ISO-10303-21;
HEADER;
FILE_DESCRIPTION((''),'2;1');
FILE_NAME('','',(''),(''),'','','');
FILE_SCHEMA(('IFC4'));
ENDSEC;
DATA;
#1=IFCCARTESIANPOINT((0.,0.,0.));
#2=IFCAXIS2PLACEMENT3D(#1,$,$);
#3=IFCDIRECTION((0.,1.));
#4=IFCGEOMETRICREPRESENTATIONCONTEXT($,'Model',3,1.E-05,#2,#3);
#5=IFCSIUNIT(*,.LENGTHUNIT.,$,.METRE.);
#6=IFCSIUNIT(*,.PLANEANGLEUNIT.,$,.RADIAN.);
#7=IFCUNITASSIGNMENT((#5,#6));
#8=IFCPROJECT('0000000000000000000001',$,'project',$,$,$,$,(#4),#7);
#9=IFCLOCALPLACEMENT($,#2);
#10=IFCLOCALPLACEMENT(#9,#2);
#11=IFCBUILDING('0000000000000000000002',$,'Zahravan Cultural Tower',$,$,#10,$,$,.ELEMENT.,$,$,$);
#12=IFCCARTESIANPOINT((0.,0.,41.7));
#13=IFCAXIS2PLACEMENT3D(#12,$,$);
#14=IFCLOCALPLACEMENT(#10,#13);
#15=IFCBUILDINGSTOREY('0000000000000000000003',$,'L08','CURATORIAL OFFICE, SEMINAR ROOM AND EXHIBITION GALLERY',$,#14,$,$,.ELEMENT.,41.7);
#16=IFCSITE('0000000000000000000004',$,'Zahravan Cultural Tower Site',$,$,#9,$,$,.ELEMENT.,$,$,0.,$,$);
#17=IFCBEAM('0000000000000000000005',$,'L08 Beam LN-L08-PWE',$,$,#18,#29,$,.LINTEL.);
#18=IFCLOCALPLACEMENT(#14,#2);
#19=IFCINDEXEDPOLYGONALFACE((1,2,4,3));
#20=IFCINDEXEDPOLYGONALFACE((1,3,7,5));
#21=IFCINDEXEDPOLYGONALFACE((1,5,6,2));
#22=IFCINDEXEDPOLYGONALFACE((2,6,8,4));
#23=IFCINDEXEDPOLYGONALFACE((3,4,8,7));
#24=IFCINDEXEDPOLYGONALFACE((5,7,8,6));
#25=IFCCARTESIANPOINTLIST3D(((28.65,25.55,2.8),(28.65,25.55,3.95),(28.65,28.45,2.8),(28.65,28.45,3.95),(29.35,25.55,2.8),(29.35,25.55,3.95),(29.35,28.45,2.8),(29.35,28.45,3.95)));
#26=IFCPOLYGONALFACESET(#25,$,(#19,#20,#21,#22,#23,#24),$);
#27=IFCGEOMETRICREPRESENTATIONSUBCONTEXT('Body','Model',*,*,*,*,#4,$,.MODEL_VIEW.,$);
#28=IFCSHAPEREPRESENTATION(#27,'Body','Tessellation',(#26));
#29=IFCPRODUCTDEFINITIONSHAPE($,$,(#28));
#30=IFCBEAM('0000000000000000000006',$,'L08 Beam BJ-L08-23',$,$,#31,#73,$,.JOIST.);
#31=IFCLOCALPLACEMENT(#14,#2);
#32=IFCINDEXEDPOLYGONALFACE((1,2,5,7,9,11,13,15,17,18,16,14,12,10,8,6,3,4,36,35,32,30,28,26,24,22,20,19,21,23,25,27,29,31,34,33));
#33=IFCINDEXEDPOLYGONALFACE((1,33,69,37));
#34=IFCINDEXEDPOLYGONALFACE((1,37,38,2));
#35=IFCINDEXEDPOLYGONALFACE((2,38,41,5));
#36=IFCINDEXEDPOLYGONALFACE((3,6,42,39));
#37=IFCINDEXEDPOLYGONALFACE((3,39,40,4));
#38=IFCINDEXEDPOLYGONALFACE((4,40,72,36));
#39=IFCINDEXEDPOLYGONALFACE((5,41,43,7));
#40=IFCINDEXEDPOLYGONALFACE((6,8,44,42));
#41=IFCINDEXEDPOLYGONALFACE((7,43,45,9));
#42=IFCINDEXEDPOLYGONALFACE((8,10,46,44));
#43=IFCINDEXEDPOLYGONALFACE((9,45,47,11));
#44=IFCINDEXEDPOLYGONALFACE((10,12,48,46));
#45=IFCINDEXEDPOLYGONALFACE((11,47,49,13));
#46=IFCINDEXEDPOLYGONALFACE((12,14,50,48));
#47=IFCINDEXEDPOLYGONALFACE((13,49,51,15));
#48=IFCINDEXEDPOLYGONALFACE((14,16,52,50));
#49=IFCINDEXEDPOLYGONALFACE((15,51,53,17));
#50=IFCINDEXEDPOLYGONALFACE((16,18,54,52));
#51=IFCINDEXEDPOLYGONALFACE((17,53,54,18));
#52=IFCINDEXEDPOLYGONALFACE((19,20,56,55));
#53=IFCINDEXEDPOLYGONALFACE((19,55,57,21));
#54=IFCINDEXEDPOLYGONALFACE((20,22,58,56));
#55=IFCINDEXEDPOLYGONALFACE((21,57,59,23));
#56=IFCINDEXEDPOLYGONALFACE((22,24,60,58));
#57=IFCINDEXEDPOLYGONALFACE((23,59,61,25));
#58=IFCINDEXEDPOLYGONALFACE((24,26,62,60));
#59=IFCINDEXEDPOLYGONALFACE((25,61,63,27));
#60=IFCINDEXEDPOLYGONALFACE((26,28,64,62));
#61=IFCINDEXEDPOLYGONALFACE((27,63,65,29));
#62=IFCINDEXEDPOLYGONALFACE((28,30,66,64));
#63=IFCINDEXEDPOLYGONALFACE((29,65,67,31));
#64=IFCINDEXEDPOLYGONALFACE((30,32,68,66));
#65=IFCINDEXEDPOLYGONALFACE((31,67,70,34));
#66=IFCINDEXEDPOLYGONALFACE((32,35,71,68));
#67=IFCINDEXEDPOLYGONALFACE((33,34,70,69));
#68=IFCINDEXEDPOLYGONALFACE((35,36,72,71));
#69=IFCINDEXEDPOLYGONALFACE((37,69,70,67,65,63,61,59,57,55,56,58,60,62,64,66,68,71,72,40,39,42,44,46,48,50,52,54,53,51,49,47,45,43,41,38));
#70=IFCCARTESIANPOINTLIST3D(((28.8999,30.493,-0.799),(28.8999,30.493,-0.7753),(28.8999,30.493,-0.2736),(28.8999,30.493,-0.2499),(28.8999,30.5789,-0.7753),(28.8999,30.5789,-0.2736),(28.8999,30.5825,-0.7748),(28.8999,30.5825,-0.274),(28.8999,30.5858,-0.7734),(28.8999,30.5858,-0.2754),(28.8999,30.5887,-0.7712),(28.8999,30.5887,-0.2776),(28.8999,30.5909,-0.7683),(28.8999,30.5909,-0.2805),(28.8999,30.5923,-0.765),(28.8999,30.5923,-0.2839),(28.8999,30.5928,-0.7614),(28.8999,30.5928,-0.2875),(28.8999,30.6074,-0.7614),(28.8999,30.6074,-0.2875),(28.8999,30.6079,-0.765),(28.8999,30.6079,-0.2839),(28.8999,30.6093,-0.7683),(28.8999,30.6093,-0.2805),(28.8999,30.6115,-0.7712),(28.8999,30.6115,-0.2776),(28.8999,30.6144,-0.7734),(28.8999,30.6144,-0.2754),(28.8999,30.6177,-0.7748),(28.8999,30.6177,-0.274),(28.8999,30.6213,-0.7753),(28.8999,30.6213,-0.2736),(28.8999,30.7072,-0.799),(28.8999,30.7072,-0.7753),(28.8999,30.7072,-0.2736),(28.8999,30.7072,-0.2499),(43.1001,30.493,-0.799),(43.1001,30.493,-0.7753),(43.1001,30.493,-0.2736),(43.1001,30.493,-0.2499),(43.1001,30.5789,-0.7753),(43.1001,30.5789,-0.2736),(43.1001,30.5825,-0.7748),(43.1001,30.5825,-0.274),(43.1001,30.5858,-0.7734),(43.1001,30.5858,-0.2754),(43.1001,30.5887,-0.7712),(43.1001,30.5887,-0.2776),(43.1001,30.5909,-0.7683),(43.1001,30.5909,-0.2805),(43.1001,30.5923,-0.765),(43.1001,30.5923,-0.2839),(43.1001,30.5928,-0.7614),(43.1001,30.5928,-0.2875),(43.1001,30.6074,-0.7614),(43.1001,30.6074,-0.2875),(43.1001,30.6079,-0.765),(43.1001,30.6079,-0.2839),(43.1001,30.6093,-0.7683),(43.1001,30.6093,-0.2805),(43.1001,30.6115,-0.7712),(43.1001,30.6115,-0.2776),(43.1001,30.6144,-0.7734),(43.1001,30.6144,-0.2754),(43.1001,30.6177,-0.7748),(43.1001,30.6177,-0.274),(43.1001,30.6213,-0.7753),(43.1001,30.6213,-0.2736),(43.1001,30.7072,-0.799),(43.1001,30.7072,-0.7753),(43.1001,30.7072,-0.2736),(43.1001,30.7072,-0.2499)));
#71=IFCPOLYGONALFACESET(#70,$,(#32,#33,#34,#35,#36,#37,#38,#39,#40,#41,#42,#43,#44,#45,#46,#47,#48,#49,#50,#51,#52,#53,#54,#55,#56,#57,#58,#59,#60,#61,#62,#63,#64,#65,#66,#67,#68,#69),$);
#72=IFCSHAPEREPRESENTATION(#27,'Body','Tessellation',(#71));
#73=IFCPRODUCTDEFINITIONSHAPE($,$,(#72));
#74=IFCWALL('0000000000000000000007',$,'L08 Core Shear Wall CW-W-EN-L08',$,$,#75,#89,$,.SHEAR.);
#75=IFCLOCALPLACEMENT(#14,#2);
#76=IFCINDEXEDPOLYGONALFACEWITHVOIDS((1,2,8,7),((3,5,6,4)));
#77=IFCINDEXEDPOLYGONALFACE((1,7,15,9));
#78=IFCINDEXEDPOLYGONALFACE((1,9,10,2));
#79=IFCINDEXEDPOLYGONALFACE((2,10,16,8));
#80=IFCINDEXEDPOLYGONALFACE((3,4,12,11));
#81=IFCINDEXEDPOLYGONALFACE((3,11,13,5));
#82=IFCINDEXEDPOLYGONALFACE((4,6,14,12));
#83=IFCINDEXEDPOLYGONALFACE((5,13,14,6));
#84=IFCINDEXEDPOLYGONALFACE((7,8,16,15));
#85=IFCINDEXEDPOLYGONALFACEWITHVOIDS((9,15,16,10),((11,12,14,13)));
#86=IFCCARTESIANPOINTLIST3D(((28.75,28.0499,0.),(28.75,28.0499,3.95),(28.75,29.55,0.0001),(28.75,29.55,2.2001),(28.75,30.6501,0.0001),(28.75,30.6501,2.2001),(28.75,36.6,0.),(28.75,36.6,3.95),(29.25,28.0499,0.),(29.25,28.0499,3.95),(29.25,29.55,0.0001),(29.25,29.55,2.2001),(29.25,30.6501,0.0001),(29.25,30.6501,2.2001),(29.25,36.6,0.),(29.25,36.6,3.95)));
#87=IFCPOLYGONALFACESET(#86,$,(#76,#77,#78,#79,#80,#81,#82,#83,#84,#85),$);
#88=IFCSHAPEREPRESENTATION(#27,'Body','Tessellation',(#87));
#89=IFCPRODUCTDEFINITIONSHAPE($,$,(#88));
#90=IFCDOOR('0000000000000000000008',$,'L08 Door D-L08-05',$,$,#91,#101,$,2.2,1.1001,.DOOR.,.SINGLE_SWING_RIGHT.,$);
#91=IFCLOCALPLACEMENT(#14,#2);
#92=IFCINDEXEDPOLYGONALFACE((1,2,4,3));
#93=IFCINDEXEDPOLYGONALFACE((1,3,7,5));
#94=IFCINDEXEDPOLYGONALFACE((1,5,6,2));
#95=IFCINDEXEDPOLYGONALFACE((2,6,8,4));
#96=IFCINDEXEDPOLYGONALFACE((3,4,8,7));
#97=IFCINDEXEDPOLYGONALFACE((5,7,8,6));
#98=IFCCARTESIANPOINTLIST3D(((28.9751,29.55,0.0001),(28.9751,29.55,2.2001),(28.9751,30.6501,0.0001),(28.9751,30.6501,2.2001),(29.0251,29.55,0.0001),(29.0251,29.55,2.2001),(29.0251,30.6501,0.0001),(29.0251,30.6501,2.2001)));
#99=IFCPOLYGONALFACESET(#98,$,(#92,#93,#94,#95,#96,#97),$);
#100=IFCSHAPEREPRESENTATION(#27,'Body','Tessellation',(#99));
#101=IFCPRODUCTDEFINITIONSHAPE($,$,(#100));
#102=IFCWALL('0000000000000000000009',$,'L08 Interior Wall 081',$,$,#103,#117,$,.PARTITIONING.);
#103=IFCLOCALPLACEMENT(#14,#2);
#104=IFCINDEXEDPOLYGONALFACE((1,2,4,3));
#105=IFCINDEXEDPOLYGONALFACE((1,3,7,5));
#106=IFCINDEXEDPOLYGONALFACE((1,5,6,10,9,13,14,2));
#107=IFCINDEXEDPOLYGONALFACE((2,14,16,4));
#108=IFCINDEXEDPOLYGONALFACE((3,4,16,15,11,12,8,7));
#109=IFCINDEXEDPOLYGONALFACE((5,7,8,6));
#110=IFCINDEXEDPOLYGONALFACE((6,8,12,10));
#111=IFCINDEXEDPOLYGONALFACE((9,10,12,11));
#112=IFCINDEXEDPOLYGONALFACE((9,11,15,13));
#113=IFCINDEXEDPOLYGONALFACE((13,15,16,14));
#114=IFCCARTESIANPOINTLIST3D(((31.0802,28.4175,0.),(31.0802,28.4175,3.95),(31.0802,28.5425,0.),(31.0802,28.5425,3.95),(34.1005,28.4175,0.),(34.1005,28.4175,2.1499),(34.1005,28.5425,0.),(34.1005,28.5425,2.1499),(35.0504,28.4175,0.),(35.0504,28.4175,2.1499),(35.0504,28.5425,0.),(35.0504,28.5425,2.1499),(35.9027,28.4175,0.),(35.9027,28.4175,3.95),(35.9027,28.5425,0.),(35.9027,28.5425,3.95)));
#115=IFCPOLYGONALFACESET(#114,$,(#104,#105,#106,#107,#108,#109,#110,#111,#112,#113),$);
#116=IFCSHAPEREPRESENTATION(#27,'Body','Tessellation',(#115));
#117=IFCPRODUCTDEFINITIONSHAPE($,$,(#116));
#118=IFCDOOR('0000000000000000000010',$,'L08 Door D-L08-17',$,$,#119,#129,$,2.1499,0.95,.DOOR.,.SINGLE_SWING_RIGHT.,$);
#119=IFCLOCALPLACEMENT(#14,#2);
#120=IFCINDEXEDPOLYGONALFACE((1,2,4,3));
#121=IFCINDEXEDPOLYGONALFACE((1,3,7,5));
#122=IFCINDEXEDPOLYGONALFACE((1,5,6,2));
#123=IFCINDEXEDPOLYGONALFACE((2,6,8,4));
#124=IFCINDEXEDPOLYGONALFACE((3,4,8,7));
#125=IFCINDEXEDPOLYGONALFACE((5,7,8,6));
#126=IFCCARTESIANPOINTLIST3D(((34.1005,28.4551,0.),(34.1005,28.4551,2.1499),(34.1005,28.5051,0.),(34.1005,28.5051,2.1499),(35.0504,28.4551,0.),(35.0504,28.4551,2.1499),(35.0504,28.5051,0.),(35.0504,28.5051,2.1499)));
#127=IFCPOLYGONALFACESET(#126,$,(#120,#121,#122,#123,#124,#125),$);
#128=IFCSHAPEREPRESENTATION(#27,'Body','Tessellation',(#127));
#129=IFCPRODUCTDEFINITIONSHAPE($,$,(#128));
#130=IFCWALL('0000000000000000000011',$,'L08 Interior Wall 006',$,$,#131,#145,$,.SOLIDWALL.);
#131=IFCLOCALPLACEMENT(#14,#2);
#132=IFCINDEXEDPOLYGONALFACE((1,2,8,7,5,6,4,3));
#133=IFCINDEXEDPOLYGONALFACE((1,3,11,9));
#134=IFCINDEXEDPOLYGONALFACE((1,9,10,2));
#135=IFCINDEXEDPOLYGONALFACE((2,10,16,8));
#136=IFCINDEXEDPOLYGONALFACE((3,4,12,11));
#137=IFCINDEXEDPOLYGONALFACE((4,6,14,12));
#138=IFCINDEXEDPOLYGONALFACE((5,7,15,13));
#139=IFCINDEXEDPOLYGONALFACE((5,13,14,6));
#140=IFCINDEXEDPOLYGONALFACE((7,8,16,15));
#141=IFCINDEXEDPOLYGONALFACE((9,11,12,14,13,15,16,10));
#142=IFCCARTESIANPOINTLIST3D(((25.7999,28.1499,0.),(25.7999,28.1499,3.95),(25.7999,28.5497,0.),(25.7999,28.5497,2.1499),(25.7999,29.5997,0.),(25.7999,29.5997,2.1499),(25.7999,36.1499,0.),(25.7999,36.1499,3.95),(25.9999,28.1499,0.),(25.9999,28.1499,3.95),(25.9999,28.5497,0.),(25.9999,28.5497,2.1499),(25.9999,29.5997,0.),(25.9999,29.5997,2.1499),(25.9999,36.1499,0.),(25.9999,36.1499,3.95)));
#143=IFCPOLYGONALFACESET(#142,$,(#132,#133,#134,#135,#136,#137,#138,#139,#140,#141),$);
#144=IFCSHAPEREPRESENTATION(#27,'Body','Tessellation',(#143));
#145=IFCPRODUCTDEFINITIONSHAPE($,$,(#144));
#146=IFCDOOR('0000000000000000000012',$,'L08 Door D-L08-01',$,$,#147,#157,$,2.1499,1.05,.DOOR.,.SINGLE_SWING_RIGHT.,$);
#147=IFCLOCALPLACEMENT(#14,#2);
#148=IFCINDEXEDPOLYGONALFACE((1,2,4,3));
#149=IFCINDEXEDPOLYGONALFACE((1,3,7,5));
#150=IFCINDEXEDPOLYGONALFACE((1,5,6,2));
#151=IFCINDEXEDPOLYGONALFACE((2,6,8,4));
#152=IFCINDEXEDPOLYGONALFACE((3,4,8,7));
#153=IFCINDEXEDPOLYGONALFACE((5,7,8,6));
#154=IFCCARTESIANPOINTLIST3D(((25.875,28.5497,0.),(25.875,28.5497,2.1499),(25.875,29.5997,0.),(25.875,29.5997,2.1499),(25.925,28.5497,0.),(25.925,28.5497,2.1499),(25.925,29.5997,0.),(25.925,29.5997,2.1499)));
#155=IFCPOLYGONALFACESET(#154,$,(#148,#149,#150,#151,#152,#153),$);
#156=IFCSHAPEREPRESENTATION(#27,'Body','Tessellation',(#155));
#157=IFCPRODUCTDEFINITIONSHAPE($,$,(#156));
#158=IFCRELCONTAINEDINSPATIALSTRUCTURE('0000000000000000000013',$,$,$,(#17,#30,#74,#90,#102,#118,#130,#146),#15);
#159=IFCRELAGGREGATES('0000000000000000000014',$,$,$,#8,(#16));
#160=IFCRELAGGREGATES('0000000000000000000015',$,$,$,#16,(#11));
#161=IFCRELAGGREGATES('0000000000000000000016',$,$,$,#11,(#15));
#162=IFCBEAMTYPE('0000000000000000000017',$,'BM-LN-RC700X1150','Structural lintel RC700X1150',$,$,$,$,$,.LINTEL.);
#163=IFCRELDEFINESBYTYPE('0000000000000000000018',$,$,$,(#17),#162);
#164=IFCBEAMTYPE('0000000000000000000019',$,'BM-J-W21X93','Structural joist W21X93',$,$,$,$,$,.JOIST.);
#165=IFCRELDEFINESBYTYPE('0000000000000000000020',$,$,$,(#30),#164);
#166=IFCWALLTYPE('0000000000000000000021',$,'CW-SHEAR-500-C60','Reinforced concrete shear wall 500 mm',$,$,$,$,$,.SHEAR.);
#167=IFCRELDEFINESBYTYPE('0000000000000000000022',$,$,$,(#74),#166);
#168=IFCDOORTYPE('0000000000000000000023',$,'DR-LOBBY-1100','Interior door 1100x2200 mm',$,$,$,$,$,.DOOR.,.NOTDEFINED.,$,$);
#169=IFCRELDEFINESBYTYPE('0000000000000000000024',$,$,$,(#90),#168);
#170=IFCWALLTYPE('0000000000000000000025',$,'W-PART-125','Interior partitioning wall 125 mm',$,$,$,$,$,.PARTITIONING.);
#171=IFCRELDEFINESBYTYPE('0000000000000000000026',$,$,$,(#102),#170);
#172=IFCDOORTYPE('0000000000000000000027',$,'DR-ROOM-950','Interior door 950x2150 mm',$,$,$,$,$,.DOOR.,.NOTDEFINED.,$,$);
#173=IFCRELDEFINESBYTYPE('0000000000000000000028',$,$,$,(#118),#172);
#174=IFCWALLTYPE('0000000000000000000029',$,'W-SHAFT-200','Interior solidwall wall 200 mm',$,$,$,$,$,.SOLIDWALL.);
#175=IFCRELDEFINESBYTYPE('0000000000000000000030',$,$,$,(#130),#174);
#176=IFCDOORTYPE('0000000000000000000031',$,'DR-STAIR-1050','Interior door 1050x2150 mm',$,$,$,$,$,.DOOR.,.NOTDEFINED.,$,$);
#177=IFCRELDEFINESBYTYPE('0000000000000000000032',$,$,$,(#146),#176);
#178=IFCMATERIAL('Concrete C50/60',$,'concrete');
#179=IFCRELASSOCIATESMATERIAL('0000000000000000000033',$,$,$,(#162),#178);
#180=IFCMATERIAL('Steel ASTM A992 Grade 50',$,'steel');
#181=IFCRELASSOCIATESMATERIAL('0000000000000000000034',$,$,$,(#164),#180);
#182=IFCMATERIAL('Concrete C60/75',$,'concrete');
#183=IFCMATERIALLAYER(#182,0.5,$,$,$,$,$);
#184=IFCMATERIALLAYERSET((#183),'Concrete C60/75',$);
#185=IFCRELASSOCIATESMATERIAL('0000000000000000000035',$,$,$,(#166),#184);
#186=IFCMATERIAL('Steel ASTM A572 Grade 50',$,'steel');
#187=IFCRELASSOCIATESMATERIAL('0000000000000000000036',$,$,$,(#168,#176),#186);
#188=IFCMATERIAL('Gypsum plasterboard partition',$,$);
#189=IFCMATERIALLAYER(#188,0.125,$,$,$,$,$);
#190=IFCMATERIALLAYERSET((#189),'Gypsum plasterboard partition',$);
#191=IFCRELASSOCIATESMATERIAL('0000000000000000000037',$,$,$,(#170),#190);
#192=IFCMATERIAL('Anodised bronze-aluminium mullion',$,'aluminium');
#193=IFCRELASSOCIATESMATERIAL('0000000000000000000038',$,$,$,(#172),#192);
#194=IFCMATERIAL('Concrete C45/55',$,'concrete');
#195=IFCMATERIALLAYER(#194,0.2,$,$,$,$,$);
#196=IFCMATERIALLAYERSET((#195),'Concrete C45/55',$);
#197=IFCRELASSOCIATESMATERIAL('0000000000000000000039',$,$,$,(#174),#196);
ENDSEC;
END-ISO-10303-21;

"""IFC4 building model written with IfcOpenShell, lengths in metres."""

from ifc_helpers import new_model, si_unit, direction, frame, frame_2d, origin, origin_2d, place, context, subcontext, project, spatial, rectangle, i_section, extrude, source, transform, mapped, material, layer, layer_set, material_profile, profile_set, type_object, element, fill, save


model = new_model("IFC4")

# Units and contexts
model_context = context("Model", 3, precision=1e-05, world=origin(), true_north=direction((0.0, 1.0)))
body_context = subcontext(model_context, "Body", "Model", "MODEL_VIEW")
ifc_project = project(units=[si_unit("LENGTHUNIT", "METRE"), si_unit("PLANEANGLEUNIT", "RADIAN")], contexts=[model_context])

# Site, building, storey
site_placement = place(None, origin())
site = spatial("IfcSite", under=ifc_project, at=site_placement, Name="Zahravan Cultural Tower Site", CompositionType="ELEMENT", RefElevation=0.0)
building_placement = place(site_placement, origin())
building = spatial("IfcBuilding", under=site, at=building_placement, Name="Zahravan Cultural Tower", CompositionType="ELEMENT")
storey_placement = place(building_placement, frame((0.0, 0.0, 41.7)))
storey = spatial("IfcBuildingStorey", under=building, at=storey_placement, Name="L08", Description="CURATORIAL OFFICE, SEMINAR ROOM AND EXHIBITION GALLERY", CompositionType="ELEMENT", Elevation=41.7)

# Beams
ifc_material_1 = material(Name="Concrete C50/60", Category="concrete")
ifc_material_profile_1 = material_profile(ifc_material_1, rectangle(XDim=0.7, YDim=1.1499, at=origin_2d()), Name="RC700X1150")
ifc_profile_set_1 = profile_set([ifc_material_profile_1], Name="Concrete C50/60")
beam_type_1 = type_object("IfcBeamType", Name="BM-LN-RC700X1150", Description="Structural lintel RC700X1150", PredefinedType="LINTEL", material=ifc_profile_set_1)
shared_shape_1 = source(origin(), body_context, "Body", "SweptSolid", [
    extrude(rectangle(XDim=0.7, YDim=1.1499, at=origin_2d()), origin(), (0.0, 0.0, 1.0), 2.8999),
])
beam_1_placement = place(storey_placement, frame((29.0, 25.55, 3.375), z_axis=(0.0, 1.0, 0.0), x_axis=(-1.0, 0.0, 0.0)))
element("IfcBeam", 1, at=beam_1_placement, inside=storey, type_object=beam_type_1, Name="L08 Beam LN-L08-PWE", PredefinedType="LINTEL", context=body_context, shape_type="MappedRepresentation", body=[
    mapped(shared_shape_1, transform((0.0, 0.0, 0.0), x_axis=(1.0, 0.0, 0.0), y_axis=(0.0, 1.0, 0.0), z_axis=(0.0, 0.0, 1.0), scale=1.0)),
])
ifc_material_2 = material(Name="Steel ASTM A992 Grade 50", Category="steel")
ifc_material_profile_2 = material_profile(ifc_material_2, i_section(OverallWidth=0.2141, OverallDepth=0.5491, WebThickness=0.0146, FlangeThickness=0.0237, FilletRadius=0.0139, at=origin_2d()), Name="W21X93")
ifc_profile_set_2 = profile_set([ifc_material_profile_2], Name="Steel ASTM A992 Grade 50")
beam_type_2 = type_object("IfcBeamType", Name="BM-J-W21X93", Description="Structural joist W21X93", PredefinedType="JOIST", material=ifc_profile_set_2)
shared_shape_2 = source(origin(), body_context, "Body", "SweptSolid", [
    extrude(i_section(OverallWidth=0.2141, OverallDepth=0.5491, WebThickness=0.0146, FlangeThickness=0.0237, FilletRadius=0.0139, at=origin_2d()), origin(), (0.0, 0.0, 1.0), 14.2002),
])
beam_2_placement = place(storey_placement, frame((28.8999, 30.6001, -0.5244), z_axis=(1.0, 0.0, 0.0), x_axis=(0.0, 1.0, 0.0)))
element("IfcBeam", 2, at=beam_2_placement, inside=storey, type_object=beam_type_2, Name="L08 Beam BJ-L08-23", PredefinedType="JOIST", context=body_context, shape_type="MappedRepresentation", body=[
    mapped(shared_shape_2, transform((0.0, 0.0, 0.0), x_axis=(1.0, 0.0, 0.0), y_axis=(0.0, 1.0, 0.0), z_axis=(0.0, 0.0, 1.0), scale=1.0)),
])

# Walls, openings, doors
ifc_material_3 = material(Name="Concrete C60/75", Category="concrete")
ifc_layer_1 = layer(ifc_material_3, 0.5)
ifc_layer_set_1 = layer_set([ifc_layer_1], Name="Concrete C60/75")
wall_type_1 = type_object("IfcWallType", Name="CW-SHEAR-500-C60", Description="Reinforced concrete shear wall 500 mm", PredefinedType="SHEAR", material=ifc_layer_set_1)
wall_1_placement = place(storey_placement, frame((29.0, 28.05, 0.0), z_axis=(0.0, 0.0, 1.0), x_axis=(0.0, 1.0, 0.0)))
wall_1 = element("IfcWall", 3, at=wall_1_placement, inside=storey, type_object=wall_type_1, Name="L08 Core Shear Wall CW-W-EN-L08", PredefinedType="SHEAR", context=body_context, shape_type="SweptSolid", body=[
    extrude(rectangle(XDim=8.55, YDim=0.5, at=frame_2d((4.2749, 0.0))), origin(), (0.0, 0.0, 1.0), 3.95),
])
opening_1_placement = place(wall_1_placement, frame((1.5, 0.0, 0.0)))
opening_1 = element("IfcOpeningElement", 4, at=opening_1_placement, cuts=wall_1, PredefinedType="OPENING", context=body_context, shape_type="SweptSolid", body=[
    extrude(rectangle(XDim=1.1001, YDim=2.2, at=frame_2d((0.55, 1.1001))), frame((0.0, 0.26, 0.0), z_axis=(0.0, -1.0, 0.0), x_axis=(1.0, 0.0, 0.0)), (0.0, 0.0, 1.0), 0.52),
])
ifc_material_4 = material(Name="Steel ASTM A572 Grade 50", Category="steel")
door_type_1 = type_object("IfcDoorType", Name="DR-LOBBY-1100", Description="Interior door 1100x2200 mm", OperationType="NOTDEFINED", PredefinedType="DOOR", material=ifc_material_4)
shared_shape_3 = source(origin(), body_context, "Body", "SweptSolid", [
    extrude(rectangle(XDim=1.1001, YDim=2.2, at=frame_2d((0.55, 1.1001))), frame((0.0, 0.0249, 0.0), z_axis=(0.0, -1.0, 0.0), x_axis=(1.0, 0.0, 0.0)), (0.0, 0.0, 1.0), 0.05),
])
door_1_placement = place(opening_1_placement, origin())
door_1 = element("IfcDoor", 5, at=door_1_placement, inside=storey, type_object=door_type_1, Name="L08 Door D-L08-05", OperationType="SINGLE_SWING_RIGHT", OverallHeight=2.2, OverallWidth=1.1001, PredefinedType="DOOR", context=body_context, shape_type="MappedRepresentation", body=[
    mapped(shared_shape_3, transform((0.0, 0.0, 0.0), x_axis=(1.0, 0.0, 0.0), y_axis=(0.0, 1.0, 0.0), z_axis=(0.0, 0.0, 1.0), scale=1.0)),
])
fill(opening_1, door_1)
ifc_material_5 = material(Name="Gypsum plasterboard partition")
ifc_layer_2 = layer(ifc_material_5, 0.125)
ifc_layer_set_2 = layer_set([ifc_layer_2], Name="Gypsum plasterboard partition")
wall_type_2 = type_object("IfcWallType", Name="W-PART-125", Description="Interior partitioning wall 125 mm", PredefinedType="PARTITIONING", material=ifc_layer_set_2)
ifc_material_6 = material(Name="Anodised bronze-aluminium mullion", Category="aluminium")
door_type_2 = type_object("IfcDoorType", Name="DR-ROOM-950", Description="Interior door 950x2150 mm", OperationType="NOTDEFINED", PredefinedType="DOOR", material=ifc_material_6)
shared_shape_4 = source(origin(), body_context, "Body", "SweptSolid", [
    extrude(rectangle(XDim=0.95, YDim=2.1499, at=frame_2d((0.4751, 1.075))), frame((0.0, 0.0249, 0.0), z_axis=(0.0, -1.0, 0.0), x_axis=(1.0, 0.0, 0.0)), (0.0, 0.0, 1.0), 0.05),
])
wall_2_placement = place(storey_placement, frame((35.9026, 28.48, 0.0), z_axis=(0.0, 0.0, 1.0), x_axis=(-1.0, 0.0, 0.0)))
wall_2 = element("IfcWall", 6, at=wall_2_placement, inside=storey, type_object=wall_type_2, Name="L08 Interior Wall 081", PredefinedType="PARTITIONING", context=body_context, shape_type="SweptSolid", body=[
    extrude(rectangle(XDim=4.8225, YDim=0.125, at=frame_2d((2.4111, 0.0))), origin(), (0.0, 0.0, 1.0), 3.95),
])
opening_2_placement = place(wall_2_placement, frame((0.8521, 0.0, 0.0)))
opening_2 = element("IfcOpeningElement", 7, at=opening_2_placement, cuts=wall_2, PredefinedType="OPENING", context=body_context, shape_type="SweptSolid", body=[
    extrude(rectangle(XDim=0.95, YDim=2.1499, at=frame_2d((0.4751, 1.075))), frame((0.0, 0.0725, 0.0), z_axis=(0.0, -1.0, 0.0), x_axis=(1.0, 0.0, 0.0)), (0.0, 0.0, 1.0), 0.145),
])
door_2_placement = place(opening_2_placement, origin())
door_2 = element("IfcDoor", 8, at=door_2_placement, inside=storey, type_object=door_type_2, Name="L08 Door D-L08-17", OperationType="SINGLE_SWING_RIGHT", OverallHeight=2.1499, OverallWidth=0.95, PredefinedType="DOOR", context=body_context, shape_type="MappedRepresentation", body=[
    mapped(shared_shape_4, transform((0.0, 0.0, 0.0), x_axis=(1.0, 0.0, 0.0), y_axis=(0.0, 1.0, 0.0), z_axis=(0.0, 0.0, 1.0), scale=1.0)),
])
fill(opening_2, door_2)
ifc_material_7 = material(Name="Concrete C45/55", Category="concrete")
ifc_layer_3 = layer(ifc_material_7, 0.2)
ifc_layer_set_3 = layer_set([ifc_layer_3], Name="Concrete C45/55")
wall_type_3 = type_object("IfcWallType", Name="W-SHAFT-200", Description="Interior solidwall wall 200 mm", PredefinedType="SOLIDWALL", material=ifc_layer_set_3)
wall_3_placement = place(storey_placement, frame((25.8999, 28.1499, 0.0), z_axis=(0.0, 0.0, 1.0), x_axis=(0.0, 1.0, 0.0)))
wall_3 = element("IfcWall", 9, at=wall_3_placement, inside=storey, type_object=wall_type_3, Name="L08 Interior Wall 006", PredefinedType="SOLIDWALL", context=body_context, shape_type="SweptSolid", body=[
    extrude(rectangle(XDim=8.0, YDim=0.2, at=frame_2d((4.0, 0.0))), origin(), (0.0, 0.0, 1.0), 3.95),
])
opening_3_placement = place(wall_3_placement, frame((0.3999, 0.0, 0.0)))
opening_3 = element("IfcOpeningElement", 10, at=opening_3_placement, cuts=wall_3, PredefinedType="OPENING", context=body_context, shape_type="SweptSolid", body=[
    extrude(rectangle(XDim=1.05, YDim=2.1499, at=frame_2d((0.5249, 1.075))), frame((0.0, 0.1099, 0.0), z_axis=(0.0, -1.0, 0.0), x_axis=(1.0, 0.0, 0.0)), (0.0, 0.0, 1.0), 0.22),
])
door_type_3 = type_object("IfcDoorType", Name="DR-STAIR-1050", Description="Interior door 1050x2150 mm", OperationType="NOTDEFINED", PredefinedType="DOOR", material=ifc_material_4)
shared_shape_5 = source(origin(), body_context, "Body", "SweptSolid", [
    extrude(rectangle(XDim=1.05, YDim=2.1499, at=frame_2d((0.5249, 1.075))), frame((0.0, 0.0249, 0.0), z_axis=(0.0, -1.0, 0.0), x_axis=(1.0, 0.0, 0.0)), (0.0, 0.0, 1.0), 0.05),
])
door_3_placement = place(opening_3_placement, origin())
door_3 = element("IfcDoor", 11, at=door_3_placement, inside=storey, type_object=door_type_3, Name="L08 Door D-L08-01", OperationType="SINGLE_SWING_RIGHT", OverallHeight=2.1499, OverallWidth=1.05, PredefinedType="DOOR", context=body_context, shape_type="MappedRepresentation", body=[
    mapped(shared_shape_5, transform((0.0, 0.0, 0.0), x_axis=(1.0, 0.0, 0.0), y_axis=(0.0, 1.0, 0.0), z_axis=(0.0, 0.0, 1.0), scale=1.0)),
])
fill(opening_3, door_3)

save(model, "model.ifc")
